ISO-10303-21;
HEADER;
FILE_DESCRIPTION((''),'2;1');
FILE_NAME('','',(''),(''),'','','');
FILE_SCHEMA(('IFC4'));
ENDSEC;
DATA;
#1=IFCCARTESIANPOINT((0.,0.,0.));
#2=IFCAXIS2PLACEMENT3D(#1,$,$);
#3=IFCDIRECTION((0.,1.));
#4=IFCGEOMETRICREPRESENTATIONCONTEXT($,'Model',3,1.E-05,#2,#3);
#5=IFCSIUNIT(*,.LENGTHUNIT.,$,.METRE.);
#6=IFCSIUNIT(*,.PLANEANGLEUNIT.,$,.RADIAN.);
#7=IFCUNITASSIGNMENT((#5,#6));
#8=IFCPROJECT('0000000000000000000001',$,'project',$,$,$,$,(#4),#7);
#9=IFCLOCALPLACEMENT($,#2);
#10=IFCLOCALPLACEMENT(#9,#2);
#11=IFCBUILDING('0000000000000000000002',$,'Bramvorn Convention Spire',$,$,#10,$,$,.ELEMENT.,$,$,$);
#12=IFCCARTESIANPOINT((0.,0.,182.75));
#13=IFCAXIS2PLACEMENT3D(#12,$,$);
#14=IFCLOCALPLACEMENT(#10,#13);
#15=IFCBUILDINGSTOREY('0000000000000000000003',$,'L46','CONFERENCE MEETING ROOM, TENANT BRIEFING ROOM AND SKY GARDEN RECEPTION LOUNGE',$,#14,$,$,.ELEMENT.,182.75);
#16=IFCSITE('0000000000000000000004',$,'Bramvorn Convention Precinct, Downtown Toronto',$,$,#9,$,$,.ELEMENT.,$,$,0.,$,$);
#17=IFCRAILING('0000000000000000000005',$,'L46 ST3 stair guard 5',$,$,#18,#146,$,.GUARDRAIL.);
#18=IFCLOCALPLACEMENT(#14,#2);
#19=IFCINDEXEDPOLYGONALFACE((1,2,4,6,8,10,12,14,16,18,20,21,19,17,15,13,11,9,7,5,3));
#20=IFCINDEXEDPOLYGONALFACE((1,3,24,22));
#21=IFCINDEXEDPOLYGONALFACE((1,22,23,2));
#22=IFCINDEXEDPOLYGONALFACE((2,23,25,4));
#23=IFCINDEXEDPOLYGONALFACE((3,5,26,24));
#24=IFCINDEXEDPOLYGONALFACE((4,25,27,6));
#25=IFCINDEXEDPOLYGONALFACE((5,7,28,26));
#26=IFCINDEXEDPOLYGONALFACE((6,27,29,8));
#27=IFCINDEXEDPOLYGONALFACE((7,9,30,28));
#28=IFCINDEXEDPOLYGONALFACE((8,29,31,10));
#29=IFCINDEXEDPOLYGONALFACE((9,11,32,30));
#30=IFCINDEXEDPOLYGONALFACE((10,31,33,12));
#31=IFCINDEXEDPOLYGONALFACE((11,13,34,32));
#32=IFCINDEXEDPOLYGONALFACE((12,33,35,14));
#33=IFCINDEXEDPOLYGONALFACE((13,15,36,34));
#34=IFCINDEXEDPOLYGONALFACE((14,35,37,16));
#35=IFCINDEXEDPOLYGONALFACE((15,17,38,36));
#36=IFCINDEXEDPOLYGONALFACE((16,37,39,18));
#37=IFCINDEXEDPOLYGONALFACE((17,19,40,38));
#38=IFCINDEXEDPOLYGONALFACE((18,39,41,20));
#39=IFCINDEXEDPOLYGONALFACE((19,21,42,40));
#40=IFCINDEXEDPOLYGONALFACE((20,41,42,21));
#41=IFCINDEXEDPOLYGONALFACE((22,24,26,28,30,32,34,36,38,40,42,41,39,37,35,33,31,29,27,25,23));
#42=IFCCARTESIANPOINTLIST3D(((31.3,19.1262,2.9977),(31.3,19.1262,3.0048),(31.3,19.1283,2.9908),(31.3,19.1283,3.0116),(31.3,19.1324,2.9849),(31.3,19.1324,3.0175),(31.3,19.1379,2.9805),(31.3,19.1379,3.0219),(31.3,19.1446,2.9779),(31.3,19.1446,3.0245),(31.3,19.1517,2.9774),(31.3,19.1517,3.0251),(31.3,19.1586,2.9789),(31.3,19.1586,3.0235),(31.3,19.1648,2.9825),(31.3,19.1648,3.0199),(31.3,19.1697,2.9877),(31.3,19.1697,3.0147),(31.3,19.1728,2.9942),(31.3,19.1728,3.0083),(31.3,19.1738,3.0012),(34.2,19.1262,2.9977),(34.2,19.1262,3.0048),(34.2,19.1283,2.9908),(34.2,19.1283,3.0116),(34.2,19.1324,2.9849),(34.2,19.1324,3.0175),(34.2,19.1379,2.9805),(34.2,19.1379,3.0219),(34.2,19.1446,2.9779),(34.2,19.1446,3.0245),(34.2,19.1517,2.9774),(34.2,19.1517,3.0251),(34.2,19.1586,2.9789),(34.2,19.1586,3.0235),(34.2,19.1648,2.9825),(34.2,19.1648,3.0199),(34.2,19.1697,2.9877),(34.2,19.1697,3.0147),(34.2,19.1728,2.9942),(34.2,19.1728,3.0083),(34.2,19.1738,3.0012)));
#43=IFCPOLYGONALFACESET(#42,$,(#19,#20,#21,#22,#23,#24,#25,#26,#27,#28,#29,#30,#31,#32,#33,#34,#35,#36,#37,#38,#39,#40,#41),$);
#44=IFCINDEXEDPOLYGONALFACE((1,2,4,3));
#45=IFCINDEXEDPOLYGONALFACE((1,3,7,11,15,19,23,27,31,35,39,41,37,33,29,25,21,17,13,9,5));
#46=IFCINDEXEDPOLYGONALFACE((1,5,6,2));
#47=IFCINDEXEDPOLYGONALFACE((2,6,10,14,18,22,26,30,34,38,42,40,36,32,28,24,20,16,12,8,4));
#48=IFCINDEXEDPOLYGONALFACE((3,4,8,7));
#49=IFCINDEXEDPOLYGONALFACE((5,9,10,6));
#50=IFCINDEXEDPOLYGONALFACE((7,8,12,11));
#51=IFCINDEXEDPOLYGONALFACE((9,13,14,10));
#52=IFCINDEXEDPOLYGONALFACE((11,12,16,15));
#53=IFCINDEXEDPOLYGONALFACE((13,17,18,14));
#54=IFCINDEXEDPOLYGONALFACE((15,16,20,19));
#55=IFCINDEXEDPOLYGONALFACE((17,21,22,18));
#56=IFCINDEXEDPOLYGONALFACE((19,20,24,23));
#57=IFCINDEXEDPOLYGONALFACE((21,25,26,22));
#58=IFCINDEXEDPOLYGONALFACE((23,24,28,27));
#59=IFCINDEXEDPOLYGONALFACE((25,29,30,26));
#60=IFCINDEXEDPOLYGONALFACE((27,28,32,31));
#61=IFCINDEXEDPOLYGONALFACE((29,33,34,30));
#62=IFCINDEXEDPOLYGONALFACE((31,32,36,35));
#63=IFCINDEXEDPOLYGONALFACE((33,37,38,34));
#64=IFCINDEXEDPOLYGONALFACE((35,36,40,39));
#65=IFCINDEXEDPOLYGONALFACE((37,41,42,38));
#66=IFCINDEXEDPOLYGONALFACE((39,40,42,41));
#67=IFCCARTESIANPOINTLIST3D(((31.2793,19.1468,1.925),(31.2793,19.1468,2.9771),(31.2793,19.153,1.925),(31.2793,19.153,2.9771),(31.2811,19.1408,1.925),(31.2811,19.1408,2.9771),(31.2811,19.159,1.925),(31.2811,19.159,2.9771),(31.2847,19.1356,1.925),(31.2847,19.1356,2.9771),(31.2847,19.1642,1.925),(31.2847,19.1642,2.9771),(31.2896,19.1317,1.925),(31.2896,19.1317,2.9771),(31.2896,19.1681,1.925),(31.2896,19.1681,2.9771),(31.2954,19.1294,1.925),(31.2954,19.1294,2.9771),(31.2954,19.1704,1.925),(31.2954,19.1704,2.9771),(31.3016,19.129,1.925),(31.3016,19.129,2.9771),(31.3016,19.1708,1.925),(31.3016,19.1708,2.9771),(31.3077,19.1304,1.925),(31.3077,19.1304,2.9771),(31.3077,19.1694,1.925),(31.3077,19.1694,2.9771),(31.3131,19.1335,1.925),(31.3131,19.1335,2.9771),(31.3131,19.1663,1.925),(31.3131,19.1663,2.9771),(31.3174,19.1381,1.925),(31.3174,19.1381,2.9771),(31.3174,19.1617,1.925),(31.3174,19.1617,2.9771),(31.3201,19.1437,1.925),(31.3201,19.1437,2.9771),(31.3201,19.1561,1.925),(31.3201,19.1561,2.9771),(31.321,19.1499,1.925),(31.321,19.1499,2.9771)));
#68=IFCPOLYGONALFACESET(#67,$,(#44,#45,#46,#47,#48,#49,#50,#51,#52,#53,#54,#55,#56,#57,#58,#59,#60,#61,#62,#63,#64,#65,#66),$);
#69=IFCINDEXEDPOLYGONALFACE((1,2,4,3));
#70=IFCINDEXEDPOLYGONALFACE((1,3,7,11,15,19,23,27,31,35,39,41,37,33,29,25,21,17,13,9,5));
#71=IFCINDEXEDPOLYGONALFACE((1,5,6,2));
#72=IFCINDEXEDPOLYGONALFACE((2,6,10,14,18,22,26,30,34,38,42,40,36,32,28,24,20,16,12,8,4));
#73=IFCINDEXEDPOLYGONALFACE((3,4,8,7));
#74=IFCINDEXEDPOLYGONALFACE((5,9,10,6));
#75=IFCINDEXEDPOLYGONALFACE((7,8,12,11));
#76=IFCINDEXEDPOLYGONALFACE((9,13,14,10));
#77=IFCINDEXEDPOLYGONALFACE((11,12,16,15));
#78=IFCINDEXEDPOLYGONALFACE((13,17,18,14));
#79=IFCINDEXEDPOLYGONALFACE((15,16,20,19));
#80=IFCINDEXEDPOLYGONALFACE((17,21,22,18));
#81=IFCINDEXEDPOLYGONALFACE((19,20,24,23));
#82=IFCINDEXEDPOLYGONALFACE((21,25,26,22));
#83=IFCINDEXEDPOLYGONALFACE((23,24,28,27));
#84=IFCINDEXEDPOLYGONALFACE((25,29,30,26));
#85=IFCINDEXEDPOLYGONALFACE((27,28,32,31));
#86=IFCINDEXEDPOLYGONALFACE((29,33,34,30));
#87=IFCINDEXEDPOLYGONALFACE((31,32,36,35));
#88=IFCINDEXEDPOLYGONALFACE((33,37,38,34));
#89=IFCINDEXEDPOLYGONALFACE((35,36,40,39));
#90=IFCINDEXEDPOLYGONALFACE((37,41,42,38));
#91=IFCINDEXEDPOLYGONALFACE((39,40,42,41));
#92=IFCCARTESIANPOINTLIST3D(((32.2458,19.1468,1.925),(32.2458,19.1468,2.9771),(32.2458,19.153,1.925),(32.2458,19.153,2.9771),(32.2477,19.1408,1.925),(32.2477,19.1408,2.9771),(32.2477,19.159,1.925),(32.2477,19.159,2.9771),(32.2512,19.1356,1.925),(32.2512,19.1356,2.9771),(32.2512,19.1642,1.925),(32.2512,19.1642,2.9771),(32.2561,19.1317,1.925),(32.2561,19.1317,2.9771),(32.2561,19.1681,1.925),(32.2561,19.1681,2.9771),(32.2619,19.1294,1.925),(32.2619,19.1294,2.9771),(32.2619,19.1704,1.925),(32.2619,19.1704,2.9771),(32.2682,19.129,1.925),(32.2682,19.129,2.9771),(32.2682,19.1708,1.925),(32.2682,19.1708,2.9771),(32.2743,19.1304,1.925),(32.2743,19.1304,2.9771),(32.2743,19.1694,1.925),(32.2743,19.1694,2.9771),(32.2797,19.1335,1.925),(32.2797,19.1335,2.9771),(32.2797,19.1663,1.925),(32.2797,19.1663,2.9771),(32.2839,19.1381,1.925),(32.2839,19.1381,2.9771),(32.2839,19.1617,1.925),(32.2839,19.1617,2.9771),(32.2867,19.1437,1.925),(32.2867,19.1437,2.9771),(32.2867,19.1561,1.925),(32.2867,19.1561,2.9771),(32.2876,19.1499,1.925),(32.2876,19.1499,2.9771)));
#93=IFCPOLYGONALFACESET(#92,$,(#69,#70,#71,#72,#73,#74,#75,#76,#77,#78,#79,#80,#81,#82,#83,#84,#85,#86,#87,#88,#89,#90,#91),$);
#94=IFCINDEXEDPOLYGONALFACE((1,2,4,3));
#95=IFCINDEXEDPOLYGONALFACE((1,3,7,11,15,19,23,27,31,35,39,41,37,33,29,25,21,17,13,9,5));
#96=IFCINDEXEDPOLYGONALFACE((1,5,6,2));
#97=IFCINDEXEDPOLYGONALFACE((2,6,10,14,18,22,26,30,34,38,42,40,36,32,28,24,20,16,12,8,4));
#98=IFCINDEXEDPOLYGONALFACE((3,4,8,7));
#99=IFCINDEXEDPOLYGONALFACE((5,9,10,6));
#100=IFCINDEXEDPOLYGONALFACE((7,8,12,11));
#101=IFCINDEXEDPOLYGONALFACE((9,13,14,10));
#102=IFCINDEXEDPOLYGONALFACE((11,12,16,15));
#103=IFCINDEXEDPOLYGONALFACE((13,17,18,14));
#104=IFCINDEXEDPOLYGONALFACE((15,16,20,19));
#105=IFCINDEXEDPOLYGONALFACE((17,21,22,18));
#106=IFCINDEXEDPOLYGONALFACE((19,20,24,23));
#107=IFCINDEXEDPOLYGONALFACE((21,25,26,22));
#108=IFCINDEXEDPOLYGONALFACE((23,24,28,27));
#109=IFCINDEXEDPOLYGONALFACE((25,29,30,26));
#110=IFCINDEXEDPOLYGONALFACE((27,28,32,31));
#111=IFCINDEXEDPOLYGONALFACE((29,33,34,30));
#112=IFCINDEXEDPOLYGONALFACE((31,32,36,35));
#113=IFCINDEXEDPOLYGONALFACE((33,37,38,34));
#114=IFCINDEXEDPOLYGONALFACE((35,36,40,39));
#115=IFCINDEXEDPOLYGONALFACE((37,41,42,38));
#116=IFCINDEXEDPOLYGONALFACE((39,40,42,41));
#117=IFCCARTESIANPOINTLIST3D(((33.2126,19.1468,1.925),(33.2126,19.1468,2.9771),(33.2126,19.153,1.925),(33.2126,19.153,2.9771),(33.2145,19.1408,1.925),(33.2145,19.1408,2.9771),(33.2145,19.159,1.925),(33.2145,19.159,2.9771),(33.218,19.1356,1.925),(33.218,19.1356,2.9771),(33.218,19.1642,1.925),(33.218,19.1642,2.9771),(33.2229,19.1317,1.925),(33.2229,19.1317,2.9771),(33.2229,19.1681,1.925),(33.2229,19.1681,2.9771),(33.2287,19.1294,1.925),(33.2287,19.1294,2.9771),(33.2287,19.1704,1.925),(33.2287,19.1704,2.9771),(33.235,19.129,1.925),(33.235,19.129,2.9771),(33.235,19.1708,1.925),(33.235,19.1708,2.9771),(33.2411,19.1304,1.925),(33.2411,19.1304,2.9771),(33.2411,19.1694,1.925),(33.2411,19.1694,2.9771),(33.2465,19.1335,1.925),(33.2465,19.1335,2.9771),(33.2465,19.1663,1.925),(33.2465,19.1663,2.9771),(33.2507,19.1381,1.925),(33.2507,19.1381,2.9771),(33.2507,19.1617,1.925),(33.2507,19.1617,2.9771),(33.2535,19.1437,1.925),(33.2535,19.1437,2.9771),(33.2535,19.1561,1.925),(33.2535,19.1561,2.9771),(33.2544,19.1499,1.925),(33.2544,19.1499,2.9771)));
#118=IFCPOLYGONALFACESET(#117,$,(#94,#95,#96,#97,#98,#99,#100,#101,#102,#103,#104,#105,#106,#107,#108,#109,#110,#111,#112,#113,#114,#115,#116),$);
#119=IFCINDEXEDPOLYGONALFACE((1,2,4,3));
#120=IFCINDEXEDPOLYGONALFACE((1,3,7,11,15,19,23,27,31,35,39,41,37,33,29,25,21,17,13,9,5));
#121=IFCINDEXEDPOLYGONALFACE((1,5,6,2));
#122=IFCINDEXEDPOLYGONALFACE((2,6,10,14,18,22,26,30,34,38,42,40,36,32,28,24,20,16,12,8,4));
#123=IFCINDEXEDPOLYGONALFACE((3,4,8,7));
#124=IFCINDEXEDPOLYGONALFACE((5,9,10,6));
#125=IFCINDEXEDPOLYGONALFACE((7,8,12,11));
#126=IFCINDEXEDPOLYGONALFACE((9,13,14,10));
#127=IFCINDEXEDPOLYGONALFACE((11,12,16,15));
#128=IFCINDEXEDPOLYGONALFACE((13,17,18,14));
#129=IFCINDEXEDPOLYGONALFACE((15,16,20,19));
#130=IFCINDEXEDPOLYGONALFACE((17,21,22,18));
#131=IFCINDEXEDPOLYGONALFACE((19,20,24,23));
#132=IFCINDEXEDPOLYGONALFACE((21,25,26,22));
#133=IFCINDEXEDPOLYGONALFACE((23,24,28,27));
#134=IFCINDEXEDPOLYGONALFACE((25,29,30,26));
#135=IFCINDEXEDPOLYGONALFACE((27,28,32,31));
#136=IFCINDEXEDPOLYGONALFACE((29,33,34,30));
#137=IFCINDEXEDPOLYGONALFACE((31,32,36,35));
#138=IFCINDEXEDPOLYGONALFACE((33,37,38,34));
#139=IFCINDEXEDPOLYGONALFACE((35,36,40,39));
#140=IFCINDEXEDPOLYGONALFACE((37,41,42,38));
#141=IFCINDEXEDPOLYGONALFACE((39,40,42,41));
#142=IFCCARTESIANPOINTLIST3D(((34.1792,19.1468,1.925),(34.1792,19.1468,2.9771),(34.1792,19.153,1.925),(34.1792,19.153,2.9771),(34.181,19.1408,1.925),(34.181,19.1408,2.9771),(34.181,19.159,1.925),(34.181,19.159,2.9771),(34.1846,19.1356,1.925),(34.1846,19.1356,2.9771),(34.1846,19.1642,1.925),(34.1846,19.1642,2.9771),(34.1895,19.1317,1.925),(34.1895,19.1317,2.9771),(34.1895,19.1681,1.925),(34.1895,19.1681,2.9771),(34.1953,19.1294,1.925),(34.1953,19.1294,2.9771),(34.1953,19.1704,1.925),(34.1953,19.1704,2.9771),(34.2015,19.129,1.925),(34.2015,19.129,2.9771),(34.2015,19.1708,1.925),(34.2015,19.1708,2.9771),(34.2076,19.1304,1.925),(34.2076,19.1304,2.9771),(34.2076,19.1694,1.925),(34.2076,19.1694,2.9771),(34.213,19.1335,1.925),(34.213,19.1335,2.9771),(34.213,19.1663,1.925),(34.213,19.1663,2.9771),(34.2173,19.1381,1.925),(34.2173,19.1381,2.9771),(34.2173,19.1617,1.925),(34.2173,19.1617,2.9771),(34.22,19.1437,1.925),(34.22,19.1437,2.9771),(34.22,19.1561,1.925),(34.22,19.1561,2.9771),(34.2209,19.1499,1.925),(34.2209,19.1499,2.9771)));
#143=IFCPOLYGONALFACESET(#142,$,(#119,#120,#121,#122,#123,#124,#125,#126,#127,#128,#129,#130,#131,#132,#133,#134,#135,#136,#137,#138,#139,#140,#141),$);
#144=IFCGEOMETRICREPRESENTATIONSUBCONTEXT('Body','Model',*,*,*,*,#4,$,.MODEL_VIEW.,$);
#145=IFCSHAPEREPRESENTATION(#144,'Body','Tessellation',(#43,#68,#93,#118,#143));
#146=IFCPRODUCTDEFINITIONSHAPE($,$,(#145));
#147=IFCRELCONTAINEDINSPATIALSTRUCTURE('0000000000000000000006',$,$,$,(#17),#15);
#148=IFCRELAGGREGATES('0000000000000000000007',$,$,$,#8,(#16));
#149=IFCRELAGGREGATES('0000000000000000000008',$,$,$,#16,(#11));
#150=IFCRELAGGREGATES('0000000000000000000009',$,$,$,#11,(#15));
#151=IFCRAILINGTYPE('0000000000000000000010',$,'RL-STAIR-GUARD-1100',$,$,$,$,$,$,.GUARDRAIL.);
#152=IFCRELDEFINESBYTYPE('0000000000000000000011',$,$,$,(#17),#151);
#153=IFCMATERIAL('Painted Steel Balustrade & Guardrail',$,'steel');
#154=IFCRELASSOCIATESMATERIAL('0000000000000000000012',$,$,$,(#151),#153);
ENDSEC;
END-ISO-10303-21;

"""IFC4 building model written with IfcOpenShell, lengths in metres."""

from ifc_helpers import new_model, si_unit, direction, frame, origin, origin_2d, place, context, subcontext, project, spatial, circle, extrude, material, type_object, element, save


model = new_model("IFC4")

# Units and contexts
model_context = context("Model", 3, precision=1e-05, world=origin(), true_north=direction((0.0, 1.0)))
body_context = subcontext(model_context, "Body", "Model", "MODEL_VIEW")
ifc_project = project(units=[si_unit("LENGTHUNIT", "METRE"), si_unit("PLANEANGLEUNIT", "RADIAN")], contexts=[model_context])

# Site, building, storey
site_placement = place(None, origin())
site = spatial("IfcSite", under=ifc_project, at=site_placement, Name="Bramvorn Convention Precinct, Downtown Toronto", CompositionType="ELEMENT", RefElevation=0.0)
building_placement = place(site_placement, origin())
building = spatial("IfcBuilding", under=site, at=building_placement, Name="Bramvorn Convention Spire", CompositionType="ELEMENT")
storey_placement = place(building_placement, frame((0.0, 0.0, 182.75)))
storey = spatial("IfcBuildingStorey", under=building, at=storey_placement, Name="L46", Description="CONFERENCE MEETING ROOM, TENANT BRIEFING ROOM AND SKY GARDEN RECEPTION LOUNGE", CompositionType="ELEMENT", Elevation=182.75)

# Railing
ifc_material_1 = material(Name="Painted Steel Balustrade & Guardrail", Category="steel")
railing_type_1 = type_object("IfcRailingType", Name="RL-STAIR-GUARD-1100", PredefinedType="GUARDRAIL", material=ifc_material_1)
railing_1_placement = place(storey_placement, frame((31.3, 19.1499, 1.925)))
element("IfcRailing", 1, at=railing_1_placement, inside=storey, type_object=railing_type_1, Name="L46 ST3 stair guard 5", PredefinedType="GUARDRAIL", context=body_context, shape_type="SweptSolid", body=[
    extrude(circle(Radius=0.0239, at=origin_2d()), frame((0.0, 0.0, 1.0762), z_axis=(1.0, 0.0, 0.0), x_axis=(0.0, 1.0, 0.0)), (0.0, 0.0, 1.0), 2.8999),
    extrude(circle(Radius=0.021, at=origin_2d()), origin(), (0.0, 0.0, 1.0), 1.052),
    extrude(circle(Radius=0.021, at=origin_2d()), frame((0.9666, 0.0, 0.0)), (0.0, 0.0, 1.0), 1.052),
    extrude(circle(Radius=0.021, at=origin_2d()), frame((1.9333, 0.0, 0.0)), (0.0, 0.0, 1.0), 1.052),
    extrude(circle(Radius=0.021, at=origin_2d()), frame((2.8999, 0.0, 0.0)), (0.0, 0.0, 1.0), 1.052),
])

save(model, "model.ifc")
